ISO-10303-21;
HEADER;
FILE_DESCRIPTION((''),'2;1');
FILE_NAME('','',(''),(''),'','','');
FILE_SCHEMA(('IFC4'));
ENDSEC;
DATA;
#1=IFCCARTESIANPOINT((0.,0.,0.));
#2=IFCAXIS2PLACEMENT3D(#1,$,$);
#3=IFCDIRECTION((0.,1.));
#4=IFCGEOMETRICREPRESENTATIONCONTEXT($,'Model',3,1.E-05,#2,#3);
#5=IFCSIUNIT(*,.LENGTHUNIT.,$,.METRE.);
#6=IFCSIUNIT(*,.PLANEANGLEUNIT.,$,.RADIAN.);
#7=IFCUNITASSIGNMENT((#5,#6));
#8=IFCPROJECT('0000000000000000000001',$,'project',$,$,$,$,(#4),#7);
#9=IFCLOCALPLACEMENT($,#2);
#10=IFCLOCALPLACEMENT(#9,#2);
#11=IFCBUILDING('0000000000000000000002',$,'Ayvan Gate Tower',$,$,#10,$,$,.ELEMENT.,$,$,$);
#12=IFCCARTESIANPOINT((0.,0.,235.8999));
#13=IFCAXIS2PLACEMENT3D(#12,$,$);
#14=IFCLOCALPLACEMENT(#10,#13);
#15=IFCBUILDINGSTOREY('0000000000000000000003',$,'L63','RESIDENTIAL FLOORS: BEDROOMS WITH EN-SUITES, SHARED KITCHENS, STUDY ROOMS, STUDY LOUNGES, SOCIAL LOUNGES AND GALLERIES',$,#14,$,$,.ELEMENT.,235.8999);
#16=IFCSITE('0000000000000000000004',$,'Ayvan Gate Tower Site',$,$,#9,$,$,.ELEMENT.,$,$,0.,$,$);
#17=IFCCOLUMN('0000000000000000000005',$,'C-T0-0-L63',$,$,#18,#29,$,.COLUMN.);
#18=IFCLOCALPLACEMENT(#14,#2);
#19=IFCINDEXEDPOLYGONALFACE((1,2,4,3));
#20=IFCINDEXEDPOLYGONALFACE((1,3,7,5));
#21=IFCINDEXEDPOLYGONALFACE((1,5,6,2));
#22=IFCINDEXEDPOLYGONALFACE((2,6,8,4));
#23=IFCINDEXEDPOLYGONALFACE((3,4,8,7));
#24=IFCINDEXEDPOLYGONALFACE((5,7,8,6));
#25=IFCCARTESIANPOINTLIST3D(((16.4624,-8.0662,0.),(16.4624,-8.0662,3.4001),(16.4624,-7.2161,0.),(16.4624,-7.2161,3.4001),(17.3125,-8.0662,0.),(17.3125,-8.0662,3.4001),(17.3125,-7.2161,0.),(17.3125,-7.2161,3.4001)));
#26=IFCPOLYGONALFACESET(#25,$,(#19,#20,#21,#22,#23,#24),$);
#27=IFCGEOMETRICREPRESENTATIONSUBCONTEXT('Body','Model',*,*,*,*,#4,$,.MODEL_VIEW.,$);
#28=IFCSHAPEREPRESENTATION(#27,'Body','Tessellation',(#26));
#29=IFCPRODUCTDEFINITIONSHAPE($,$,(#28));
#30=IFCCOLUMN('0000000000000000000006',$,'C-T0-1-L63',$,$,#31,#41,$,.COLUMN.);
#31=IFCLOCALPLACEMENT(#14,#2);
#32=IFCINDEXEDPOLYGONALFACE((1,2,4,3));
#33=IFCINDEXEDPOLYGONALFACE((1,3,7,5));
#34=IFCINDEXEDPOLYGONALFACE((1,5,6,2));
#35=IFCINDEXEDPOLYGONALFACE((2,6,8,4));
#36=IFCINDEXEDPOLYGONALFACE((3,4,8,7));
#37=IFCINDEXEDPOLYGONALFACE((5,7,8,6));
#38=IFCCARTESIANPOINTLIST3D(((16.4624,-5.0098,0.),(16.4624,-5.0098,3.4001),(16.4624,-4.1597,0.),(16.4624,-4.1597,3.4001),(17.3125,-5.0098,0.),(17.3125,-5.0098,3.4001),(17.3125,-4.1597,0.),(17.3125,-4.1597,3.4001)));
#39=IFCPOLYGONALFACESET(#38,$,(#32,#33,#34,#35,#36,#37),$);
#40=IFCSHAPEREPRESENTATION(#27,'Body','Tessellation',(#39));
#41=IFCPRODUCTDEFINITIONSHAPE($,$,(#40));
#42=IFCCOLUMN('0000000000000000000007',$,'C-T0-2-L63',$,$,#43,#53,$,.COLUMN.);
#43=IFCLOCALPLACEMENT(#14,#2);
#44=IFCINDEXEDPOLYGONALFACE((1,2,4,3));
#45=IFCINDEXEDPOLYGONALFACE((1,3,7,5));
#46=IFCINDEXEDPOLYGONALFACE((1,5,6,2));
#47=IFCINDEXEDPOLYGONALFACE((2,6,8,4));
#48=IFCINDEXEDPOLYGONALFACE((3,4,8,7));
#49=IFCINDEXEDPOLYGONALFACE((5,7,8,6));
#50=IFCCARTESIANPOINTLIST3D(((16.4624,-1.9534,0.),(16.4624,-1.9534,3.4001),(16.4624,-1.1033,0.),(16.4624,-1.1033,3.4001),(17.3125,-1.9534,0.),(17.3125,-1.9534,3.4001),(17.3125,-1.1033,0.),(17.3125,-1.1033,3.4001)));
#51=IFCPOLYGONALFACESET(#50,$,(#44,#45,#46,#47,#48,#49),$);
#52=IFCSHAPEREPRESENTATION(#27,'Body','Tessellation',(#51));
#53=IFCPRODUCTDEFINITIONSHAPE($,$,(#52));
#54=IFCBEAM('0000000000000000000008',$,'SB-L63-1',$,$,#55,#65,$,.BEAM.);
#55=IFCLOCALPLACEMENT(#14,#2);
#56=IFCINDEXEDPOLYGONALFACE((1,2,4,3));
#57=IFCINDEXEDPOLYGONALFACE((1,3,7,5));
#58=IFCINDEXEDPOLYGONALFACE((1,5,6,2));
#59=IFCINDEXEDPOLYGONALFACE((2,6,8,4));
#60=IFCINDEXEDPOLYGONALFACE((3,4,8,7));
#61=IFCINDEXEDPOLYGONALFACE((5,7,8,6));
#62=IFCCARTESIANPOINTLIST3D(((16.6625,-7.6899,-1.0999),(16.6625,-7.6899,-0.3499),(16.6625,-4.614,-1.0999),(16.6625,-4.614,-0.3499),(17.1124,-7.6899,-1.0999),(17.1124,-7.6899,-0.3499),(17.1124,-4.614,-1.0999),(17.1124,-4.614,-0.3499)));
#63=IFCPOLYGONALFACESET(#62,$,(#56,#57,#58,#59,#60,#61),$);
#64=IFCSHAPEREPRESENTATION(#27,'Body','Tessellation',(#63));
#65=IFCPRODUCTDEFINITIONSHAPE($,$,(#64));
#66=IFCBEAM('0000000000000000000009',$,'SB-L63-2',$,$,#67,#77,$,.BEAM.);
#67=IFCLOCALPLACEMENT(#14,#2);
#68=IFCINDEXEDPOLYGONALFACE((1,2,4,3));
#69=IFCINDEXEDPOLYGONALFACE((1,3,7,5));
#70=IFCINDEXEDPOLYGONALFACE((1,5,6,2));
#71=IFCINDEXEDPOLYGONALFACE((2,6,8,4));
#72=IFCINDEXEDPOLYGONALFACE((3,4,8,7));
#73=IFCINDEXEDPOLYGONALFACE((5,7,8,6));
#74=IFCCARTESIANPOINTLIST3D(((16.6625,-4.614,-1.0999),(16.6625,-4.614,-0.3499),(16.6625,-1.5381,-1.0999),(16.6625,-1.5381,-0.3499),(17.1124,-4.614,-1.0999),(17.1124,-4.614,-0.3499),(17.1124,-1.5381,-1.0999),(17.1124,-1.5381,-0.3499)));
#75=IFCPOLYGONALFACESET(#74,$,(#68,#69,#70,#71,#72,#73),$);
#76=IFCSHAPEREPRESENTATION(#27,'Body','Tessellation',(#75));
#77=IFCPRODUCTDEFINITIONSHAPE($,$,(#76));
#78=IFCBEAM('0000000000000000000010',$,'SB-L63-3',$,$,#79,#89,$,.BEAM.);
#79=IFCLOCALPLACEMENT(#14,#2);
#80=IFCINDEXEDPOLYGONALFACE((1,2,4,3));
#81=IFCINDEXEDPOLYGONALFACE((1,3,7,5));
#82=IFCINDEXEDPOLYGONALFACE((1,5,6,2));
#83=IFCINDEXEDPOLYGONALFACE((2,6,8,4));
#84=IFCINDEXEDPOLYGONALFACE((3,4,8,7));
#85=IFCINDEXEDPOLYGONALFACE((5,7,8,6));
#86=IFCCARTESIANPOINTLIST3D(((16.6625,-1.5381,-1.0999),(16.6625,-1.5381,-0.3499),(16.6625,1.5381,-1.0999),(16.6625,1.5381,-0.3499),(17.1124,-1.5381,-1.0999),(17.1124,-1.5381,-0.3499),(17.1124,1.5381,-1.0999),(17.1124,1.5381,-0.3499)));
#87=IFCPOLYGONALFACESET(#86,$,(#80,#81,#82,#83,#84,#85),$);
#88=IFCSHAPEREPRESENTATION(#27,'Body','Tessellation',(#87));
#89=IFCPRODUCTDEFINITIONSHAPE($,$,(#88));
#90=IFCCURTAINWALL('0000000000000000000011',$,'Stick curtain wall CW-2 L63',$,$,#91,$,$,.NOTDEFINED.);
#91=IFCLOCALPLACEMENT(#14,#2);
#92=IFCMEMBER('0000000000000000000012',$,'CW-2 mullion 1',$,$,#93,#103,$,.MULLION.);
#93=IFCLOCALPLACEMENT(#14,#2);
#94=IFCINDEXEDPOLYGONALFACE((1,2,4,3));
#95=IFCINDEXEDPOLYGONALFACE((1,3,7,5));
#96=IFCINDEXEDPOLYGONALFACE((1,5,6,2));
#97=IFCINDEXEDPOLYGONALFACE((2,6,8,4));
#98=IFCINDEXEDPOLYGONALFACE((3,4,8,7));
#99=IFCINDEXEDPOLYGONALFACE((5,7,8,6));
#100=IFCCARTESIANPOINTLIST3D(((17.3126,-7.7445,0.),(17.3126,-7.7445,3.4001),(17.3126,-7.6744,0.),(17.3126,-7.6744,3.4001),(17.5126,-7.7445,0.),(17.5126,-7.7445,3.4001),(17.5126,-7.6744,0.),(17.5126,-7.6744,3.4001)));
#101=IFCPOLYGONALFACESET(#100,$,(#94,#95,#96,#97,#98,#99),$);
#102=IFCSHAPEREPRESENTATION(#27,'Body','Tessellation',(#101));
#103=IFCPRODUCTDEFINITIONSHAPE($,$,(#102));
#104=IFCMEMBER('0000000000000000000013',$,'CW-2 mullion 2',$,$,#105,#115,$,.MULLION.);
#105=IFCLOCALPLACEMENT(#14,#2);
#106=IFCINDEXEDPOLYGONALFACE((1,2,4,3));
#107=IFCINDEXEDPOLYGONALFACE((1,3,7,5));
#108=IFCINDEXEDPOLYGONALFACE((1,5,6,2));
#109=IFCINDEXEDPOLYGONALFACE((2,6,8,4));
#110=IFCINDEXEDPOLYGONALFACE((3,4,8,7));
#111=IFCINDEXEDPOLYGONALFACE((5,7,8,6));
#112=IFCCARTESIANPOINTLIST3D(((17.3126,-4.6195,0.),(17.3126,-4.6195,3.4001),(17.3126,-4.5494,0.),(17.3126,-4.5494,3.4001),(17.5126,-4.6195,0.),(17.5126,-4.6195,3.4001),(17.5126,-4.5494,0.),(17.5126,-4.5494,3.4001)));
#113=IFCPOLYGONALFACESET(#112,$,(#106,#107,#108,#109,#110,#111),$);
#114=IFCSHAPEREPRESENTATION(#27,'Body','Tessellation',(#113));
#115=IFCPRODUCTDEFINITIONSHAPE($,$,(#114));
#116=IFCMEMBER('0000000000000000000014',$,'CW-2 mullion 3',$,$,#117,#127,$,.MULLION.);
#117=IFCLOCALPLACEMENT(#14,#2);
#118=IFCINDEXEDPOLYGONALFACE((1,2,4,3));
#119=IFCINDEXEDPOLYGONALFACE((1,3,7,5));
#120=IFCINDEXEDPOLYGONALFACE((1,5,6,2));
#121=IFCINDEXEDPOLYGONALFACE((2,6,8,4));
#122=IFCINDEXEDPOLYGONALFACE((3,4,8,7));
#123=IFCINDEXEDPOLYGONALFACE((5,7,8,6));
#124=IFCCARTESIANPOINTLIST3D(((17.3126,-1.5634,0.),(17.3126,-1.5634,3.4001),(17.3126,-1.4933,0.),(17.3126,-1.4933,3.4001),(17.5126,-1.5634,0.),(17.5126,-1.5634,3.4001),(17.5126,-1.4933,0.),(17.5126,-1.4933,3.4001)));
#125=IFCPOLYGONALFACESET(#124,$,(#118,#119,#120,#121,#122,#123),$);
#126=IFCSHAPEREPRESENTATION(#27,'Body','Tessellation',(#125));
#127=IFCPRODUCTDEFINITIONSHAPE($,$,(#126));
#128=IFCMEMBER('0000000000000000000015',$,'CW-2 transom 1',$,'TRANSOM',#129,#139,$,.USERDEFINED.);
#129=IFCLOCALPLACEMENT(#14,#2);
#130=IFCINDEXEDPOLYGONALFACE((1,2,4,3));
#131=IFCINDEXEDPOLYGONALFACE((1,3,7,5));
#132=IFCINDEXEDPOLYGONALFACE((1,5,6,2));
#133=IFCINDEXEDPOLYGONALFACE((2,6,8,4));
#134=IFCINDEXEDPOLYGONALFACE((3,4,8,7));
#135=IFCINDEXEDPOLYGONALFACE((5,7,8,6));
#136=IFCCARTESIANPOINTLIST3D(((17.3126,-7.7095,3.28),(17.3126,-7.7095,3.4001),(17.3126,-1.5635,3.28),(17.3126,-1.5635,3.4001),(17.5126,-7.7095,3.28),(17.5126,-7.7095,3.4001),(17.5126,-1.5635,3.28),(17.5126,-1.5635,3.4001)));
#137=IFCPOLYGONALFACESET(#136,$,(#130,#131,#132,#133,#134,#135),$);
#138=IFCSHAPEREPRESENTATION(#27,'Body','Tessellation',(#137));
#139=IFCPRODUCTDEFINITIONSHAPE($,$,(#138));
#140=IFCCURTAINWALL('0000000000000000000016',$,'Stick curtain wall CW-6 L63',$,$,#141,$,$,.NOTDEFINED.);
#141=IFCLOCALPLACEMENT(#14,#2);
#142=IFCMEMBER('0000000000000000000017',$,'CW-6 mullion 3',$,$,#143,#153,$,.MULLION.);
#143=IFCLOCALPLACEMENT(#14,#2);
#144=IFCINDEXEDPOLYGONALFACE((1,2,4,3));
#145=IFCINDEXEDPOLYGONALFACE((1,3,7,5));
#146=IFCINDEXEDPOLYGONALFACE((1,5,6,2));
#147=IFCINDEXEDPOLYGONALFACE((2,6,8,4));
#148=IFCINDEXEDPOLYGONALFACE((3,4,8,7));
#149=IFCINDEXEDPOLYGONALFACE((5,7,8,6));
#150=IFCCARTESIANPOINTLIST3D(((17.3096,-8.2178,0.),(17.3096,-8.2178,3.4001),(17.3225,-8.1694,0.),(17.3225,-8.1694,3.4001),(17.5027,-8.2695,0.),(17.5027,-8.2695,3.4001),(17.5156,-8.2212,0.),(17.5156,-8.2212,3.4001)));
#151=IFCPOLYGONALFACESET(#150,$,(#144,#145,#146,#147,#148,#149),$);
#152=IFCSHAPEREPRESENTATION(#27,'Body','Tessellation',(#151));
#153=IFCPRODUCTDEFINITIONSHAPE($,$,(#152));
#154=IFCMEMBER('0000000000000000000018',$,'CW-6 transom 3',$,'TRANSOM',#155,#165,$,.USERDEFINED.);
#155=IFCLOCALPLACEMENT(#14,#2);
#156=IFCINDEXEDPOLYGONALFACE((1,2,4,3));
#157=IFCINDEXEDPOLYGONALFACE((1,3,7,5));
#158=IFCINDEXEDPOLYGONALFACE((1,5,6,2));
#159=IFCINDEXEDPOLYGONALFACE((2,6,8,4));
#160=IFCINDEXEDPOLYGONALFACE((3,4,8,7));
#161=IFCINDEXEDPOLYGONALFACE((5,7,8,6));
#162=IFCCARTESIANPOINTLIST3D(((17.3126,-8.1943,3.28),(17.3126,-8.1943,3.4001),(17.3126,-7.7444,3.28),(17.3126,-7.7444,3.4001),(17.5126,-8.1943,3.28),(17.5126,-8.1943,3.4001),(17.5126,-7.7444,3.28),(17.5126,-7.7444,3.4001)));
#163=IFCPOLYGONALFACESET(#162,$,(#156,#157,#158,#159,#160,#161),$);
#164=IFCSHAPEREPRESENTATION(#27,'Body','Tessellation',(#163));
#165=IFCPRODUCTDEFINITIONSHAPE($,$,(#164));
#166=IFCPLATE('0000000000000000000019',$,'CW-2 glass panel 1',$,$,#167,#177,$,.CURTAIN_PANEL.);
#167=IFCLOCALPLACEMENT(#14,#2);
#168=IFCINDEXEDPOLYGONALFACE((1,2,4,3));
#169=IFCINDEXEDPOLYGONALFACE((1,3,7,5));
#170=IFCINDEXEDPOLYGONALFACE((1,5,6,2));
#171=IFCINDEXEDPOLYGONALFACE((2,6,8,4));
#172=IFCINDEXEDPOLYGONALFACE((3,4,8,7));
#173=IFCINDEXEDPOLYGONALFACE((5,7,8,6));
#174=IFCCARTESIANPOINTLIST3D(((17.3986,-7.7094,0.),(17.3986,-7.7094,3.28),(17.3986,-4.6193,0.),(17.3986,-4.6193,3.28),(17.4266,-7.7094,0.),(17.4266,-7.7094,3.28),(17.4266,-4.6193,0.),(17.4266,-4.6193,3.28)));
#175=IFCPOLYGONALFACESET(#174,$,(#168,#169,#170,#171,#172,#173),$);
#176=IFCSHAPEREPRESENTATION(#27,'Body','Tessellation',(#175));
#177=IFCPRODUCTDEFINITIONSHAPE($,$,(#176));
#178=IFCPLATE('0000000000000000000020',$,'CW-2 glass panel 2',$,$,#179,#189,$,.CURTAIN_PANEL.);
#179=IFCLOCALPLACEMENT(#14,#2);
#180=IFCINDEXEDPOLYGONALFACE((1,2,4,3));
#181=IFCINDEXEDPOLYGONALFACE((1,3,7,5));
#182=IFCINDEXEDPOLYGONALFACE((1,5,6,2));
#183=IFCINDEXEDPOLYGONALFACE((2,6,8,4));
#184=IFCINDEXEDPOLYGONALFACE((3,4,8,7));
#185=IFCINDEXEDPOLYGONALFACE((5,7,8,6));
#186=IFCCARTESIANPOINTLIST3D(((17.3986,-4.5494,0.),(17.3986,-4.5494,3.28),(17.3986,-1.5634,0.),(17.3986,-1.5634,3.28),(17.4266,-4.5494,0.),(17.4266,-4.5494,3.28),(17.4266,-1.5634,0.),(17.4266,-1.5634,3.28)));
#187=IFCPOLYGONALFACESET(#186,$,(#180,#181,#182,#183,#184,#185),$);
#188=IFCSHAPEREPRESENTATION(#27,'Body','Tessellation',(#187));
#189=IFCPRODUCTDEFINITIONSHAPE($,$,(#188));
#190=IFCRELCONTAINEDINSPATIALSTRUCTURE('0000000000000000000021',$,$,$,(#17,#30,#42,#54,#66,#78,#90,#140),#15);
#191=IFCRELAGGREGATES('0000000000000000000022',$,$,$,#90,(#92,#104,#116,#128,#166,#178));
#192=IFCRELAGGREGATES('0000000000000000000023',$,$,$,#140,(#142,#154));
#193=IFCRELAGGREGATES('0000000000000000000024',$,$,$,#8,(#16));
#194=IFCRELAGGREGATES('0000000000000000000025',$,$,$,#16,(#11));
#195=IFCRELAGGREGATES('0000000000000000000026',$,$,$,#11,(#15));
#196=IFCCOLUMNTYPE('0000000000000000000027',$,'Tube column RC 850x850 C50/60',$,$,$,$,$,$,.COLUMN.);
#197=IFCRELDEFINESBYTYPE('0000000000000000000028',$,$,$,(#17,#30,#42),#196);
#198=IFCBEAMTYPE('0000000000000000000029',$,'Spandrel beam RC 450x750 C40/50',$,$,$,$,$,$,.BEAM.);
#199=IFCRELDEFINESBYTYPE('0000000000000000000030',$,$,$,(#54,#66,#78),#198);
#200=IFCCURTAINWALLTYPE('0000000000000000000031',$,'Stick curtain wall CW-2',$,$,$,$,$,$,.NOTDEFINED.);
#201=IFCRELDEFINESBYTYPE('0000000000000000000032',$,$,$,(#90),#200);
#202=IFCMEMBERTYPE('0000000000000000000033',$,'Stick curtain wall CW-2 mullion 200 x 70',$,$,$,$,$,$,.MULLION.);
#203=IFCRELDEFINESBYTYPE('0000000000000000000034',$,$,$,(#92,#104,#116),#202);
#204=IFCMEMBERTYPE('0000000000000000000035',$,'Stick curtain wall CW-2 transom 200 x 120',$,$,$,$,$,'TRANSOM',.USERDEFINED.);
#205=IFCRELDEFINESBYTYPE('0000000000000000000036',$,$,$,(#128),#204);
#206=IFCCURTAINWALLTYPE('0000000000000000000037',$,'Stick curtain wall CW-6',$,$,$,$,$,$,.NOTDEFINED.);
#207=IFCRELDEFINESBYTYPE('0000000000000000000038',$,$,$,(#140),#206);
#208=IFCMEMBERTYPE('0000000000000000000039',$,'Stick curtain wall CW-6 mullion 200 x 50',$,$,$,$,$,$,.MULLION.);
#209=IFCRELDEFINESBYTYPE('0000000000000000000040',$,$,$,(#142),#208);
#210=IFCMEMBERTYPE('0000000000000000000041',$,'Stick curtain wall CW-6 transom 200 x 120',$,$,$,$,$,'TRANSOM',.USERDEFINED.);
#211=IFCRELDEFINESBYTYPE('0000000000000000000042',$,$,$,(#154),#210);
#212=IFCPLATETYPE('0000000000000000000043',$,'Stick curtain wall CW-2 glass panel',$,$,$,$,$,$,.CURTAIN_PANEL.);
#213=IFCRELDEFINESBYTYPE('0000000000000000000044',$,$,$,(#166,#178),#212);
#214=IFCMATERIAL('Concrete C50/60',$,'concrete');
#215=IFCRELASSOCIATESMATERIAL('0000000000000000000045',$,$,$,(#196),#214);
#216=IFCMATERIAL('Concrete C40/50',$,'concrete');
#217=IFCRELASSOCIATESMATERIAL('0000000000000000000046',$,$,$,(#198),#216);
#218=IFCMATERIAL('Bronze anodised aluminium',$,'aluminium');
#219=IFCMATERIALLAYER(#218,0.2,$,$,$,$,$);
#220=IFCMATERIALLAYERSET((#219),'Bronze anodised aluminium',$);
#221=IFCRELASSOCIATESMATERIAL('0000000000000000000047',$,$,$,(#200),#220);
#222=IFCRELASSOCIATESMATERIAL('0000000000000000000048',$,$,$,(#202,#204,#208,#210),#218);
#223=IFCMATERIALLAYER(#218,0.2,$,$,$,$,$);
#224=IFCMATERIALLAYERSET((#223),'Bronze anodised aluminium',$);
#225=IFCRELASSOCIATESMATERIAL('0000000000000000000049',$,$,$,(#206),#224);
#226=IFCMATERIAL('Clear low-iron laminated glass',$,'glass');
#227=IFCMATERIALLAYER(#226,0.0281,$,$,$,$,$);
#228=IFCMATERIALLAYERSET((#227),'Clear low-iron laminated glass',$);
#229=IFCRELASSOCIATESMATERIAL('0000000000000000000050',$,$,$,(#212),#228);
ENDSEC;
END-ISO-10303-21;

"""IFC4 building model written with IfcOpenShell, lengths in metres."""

from ifc_helpers import new_model, si_unit, direction, frame, origin, origin_2d, place, context, subcontext, project, spatial, rectangle, extrude, material, layer, layer_set, material_profile, profile_set, type_object, element, aggregate, save


model = new_model("IFC4")

# Units and contexts
model_context = context("Model", 3, precision=1e-05, world=origin(), true_north=direction((0.0, 1.0)))
body_context = subcontext(model_context, "Body", "Model", "MODEL_VIEW")
ifc_project = project(units=[si_unit("LENGTHUNIT", "METRE"), si_unit("PLANEANGLEUNIT", "RADIAN")], contexts=[model_context])

# Site, building, storey
site_placement = place(None, origin())
site = spatial("IfcSite", under=ifc_project, at=site_placement, Name="Ayvan Gate Tower Site", CompositionType="ELEMENT", RefElevation=0.0)
building_placement = place(site_placement, origin())
building = spatial("IfcBuilding", under=site, at=building_placement, Name="Ayvan Gate Tower", CompositionType="ELEMENT")
storey_placement = place(building_placement, frame((0.0, 0.0, 235.8999)))
storey = spatial("IfcBuildingStorey", under=building, at=storey_placement, Name="L63", Description="RESIDENTIAL FLOORS: BEDROOMS WITH EN-SUITES, SHARED KITCHENS, STUDY ROOMS, STUDY LOUNGES, SOCIAL LOUNGES AND GALLERIES", CompositionType="ELEMENT", Elevation=235.8999)

# Columns
ifc_material_1 = material(Name="Concrete C50/60", Category="concrete")
ifc_material_profile_1 = material_profile(ifc_material_1, rectangle(XDim=0.8501, YDim=0.8501, at=origin_2d()), Name="RC 850x850")
ifc_profile_set_1 = profile_set([ifc_material_profile_1], Name="Concrete C50/60")
column_type = type_object("IfcColumnType", Name="Tube column RC 850x850 C50/60", PredefinedType="COLUMN", material=ifc_profile_set_1)
for number, where, z_axis, x_axis, name in (
    (1, (16.8875, -7.6411, 0.0), (0.0, 0.0, 1.0), (1.0, 0.0, 0.0), "C-T0-0-L63"),
    (2, (16.8875, -4.5847, 0.0), (0.0, 0.0, 1.0), (1.0, 0.0, 0.0), "C-T0-1-L63"),
    (3, (16.8875, -1.5283, 0.0), (0.0, 0.0, 1.0), (1.0, 0.0, 0.0), "C-T0-2-L63"),
):
    element("IfcColumn", number, at=place(storey_placement, frame(where, z_axis=z_axis, x_axis=x_axis)), inside=storey, type_object=column_type, Name=name, PredefinedType="COLUMN", context=body_context, shape_type="SweptSolid", body=[
        extrude(rectangle(XDim=0.8501, YDim=0.8501, at=origin_2d()), origin(), (0.0, 0.0, 1.0), 3.4001),
    ])

# Beams
ifc_material_2 = material(Name="Concrete C40/50", Category="concrete")
ifc_material_profile_2 = material_profile(ifc_material_2, rectangle(XDim=0.45, YDim=0.75, at=origin_2d()), Name="RC 450x750")
ifc_profile_set_2 = profile_set([ifc_material_profile_2], Name="Concrete C40/50")
beam_type = type_object("IfcBeamType", Name="Spandrel beam RC 450x750 C40/50", PredefinedType="BEAM", material=ifc_profile_set_2)
for number, where, z_axis, x_axis, name in (
    (4, (16.8875, -7.6899, -0.7249), (0.0, 1.0, 0.0), (-1.0, 0.0, 0.0), "SB-L63-1"),
    (5, (16.8875, -4.614, -0.7249), (0.0, 1.0, 0.0), (-1.0, 0.0, 0.0), "SB-L63-2"),
):
    element("IfcBeam", number, at=place(storey_placement, frame(where, z_axis=z_axis, x_axis=x_axis)), inside=storey, type_object=beam_type, Name=name, PredefinedType="BEAM", context=body_context, shape_type="SweptSolid", body=[
        extrude(rectangle(XDim=0.45, YDim=0.75, at=origin_2d()), origin(), (0.0, 0.0, 1.0), 3.0759),
    ])
beam_placement = place(storey_placement, frame((16.8875, -1.5381, -0.7249), z_axis=(0.0, 1.0, 0.0), x_axis=(-1.0, 0.0, 0.0)))
element("IfcBeam", 6, at=beam_placement, inside=storey, type_object=beam_type, Name="SB-L63-3", PredefinedType="BEAM", context=body_context, shape_type="SweptSolid", body=[
    extrude(rectangle(XDim=0.45, YDim=0.75, at=origin_2d()), origin(), (0.0, 0.0, 1.0), 3.0762),
])

# Curtain walls, members
ifc_material_3 = material(Name="Bronze anodised aluminium", Category="aluminium")
ifc_layer_1 = layer(ifc_material_3, 0.2)
ifc_layer_set_1 = layer_set([ifc_layer_1], Name="Bronze anodised aluminium")
curtain_wall_type_1 = type_object("IfcCurtainWallType", Name="Stick curtain wall CW-2", PredefinedType="NOTDEFINED", material=ifc_layer_set_1)
curtain_wall_1_placement = place(storey_placement, origin())
curtain_wall_1 = element("IfcCurtainWall", 7, at=curtain_wall_1_placement, inside=storey, type_object=curtain_wall_type_1, Name="Stick curtain wall CW-2 L63", PredefinedType="NOTDEFINED")
ifc_material_profile_3 = material_profile(ifc_material_3, rectangle(XDim=0.2, YDim=0.0701, at=origin_2d()), Name="Stick curtain wall CW-2 mullion 200 x 70")
ifc_profile_set_3 = profile_set([ifc_material_profile_3], Name="Bronze anodised aluminium")
member_type_1 = type_object("IfcMemberType", Name="Stick curtain wall CW-2 mullion 200 x 70", PredefinedType="MULLION", material=ifc_profile_set_3)
member_1_placement = place(storey_placement, frame((17.4126, -7.7095, 0.0), z_axis=(0.0, 0.0, 1.0), x_axis=(1.0, 0.0, 0.0)))
member_1 = element("IfcMember", 8, at=member_1_placement, type_object=member_type_1, Name="CW-2 mullion 1", PredefinedType="MULLION", context=body_context, shape_type="SweptSolid", body=[
    extrude(rectangle(XDim=0.2, YDim=0.0701, at=origin_2d()), origin(), (0.0, 0.0, 1.0), 3.4001),
])
member_2_placement = place(storey_placement, frame((17.4126, -4.5845, 0.0), z_axis=(0.0, 0.0, 1.0), x_axis=(1.0, 0.0, 0.0)))
member_2 = element("IfcMember", 9, at=member_2_placement, type_object=member_type_1, Name="CW-2 mullion 2", PredefinedType="MULLION", context=body_context, shape_type="SweptSolid", body=[
    extrude(rectangle(XDim=0.2, YDim=0.0701, at=origin_2d()), origin(), (0.0, 0.0, 1.0), 3.4001),
])
member_3_placement = place(storey_placement, frame((17.4126, -1.5283, 0.0), z_axis=(0.0, 0.0, 1.0), x_axis=(1.0, 0.0, 0.0)))
member_3 = element("IfcMember", 10, at=member_3_placement, type_object=member_type_1, Name="CW-2 mullion 3", PredefinedType="MULLION", context=body_context, shape_type="SweptSolid", body=[
    extrude(rectangle(XDim=0.2, YDim=0.0701, at=origin_2d()), origin(), (0.0, 0.0, 1.0), 3.4001),
])
ifc_material_profile_4 = material_profile(ifc_material_3, rectangle(XDim=0.2, YDim=0.1201, at=origin_2d()), Name="Stick curtain wall CW-2 transom 200 x 120")
ifc_profile_set_4 = profile_set([ifc_material_profile_4], Name="Bronze anodised aluminium")
member_type_2 = type_object("IfcMemberType", Name="Stick curtain wall CW-2 transom 200 x 120", ElementType="TRANSOM", PredefinedType="USERDEFINED", material=ifc_profile_set_4)
member_4_placement = place(storey_placement, frame((17.4126, -7.7095, 3.3401), z_axis=(0.0, 1.0, 0.0), x_axis=(-1.0, 0.0, 0.0)))
member_4 = element("IfcMember", 11, at=member_4_placement, type_object=member_type_2, Name="CW-2 transom 1", ObjectType="TRANSOM", PredefinedType="USERDEFINED", context=body_context, shape_type="SweptSolid", body=[
    extrude(rectangle(XDim=0.2, YDim=0.1201, at=origin_2d()), origin(), (0.0, 0.0, 1.0), 6.146),
])
ifc_layer_2 = layer(ifc_material_3, 0.2)
ifc_layer_set_2 = layer_set([ifc_layer_2], Name="Bronze anodised aluminium")
curtain_wall_type_2 = type_object("IfcCurtainWallType", Name="Stick curtain wall CW-6", PredefinedType="NOTDEFINED", material=ifc_layer_set_2)
curtain_wall_2_placement = place(storey_placement, origin())
curtain_wall_2 = element("IfcCurtainWall", 12, at=curtain_wall_2_placement, inside=storey, type_object=curtain_wall_type_2, Name="Stick curtain wall CW-6 L63", PredefinedType="NOTDEFINED")
ifc_material_profile_5 = material_profile(ifc_material_3, rectangle(XDim=0.2, YDim=0.05, at=origin_2d()), Name="Stick curtain wall CW-6 mullion 200 x 50")
ifc_profile_set_5 = profile_set([ifc_material_profile_5], Name="Bronze anodised aluminium")
member_type_3 = type_object("IfcMemberType", Name="Stick curtain wall CW-6 mullion 200 x 50", PredefinedType="MULLION", material=ifc_profile_set_5)
member_5_placement = place(storey_placement, frame((17.4126, -8.2195, 0.0), z_axis=(0.0, 0.0, 1.0), x_axis=(0.965926, -0.258819, 0.0)))
member_5 = element("IfcMember", 13, at=member_5_placement, type_object=member_type_3, Name="CW-6 mullion 3", PredefinedType="MULLION", context=body_context, shape_type="SweptSolid", body=[
    extrude(rectangle(XDim=0.2, YDim=0.05, at=origin_2d()), origin(), (0.0, 0.0, 1.0), 3.4001),
])
ifc_material_profile_6 = material_profile(ifc_material_3, rectangle(XDim=0.2, YDim=0.1201, at=origin_2d()), Name="Stick curtain wall CW-6 transom 200 x 120")
ifc_profile_set_6 = profile_set([ifc_material_profile_6], Name="Bronze anodised aluminium")
member_type_4 = type_object("IfcMemberType", Name="Stick curtain wall CW-6 transom 200 x 120", ElementType="TRANSOM", PredefinedType="USERDEFINED", material=ifc_profile_set_6)
member_6_placement = place(storey_placement, frame((17.4126, -8.1943, 3.3401), z_axis=(0.0, 1.0, 0.0), x_axis=(-1.0, 0.0, 0.0)))
member_6 = element("IfcMember", 14, at=member_6_placement, type_object=member_type_4, Name="CW-6 transom 3", ObjectType="TRANSOM", PredefinedType="USERDEFINED", context=body_context, shape_type="SweptSolid", body=[
    extrude(rectangle(XDim=0.2, YDim=0.1201, at=origin_2d()), origin(), (0.0, 0.0, 1.0), 0.45),
])

# Plates
ifc_material_4 = material(Name="Clear low-iron laminated glass", Category="glass")
ifc_layer_3 = layer(ifc_material_4, 0.0281)
ifc_layer_set_3 = layer_set([ifc_layer_3], Name="Clear low-iron laminated glass")
plate_type_1 = type_object("IfcPlateType", Name="Stick curtain wall CW-2 glass panel", PredefinedType="CURTAIN_PANEL", material=ifc_layer_set_3)
plate_1_placement = place(storey_placement, frame((17.4126, -6.1643, 0.0), z_axis=(0.0, 0.0, 1.0), x_axis=(0.0, 1.0, 0.0)))
plate_1 = element("IfcPlate", 15, at=plate_1_placement, type_object=plate_type_1, Name="CW-2 glass panel 1", PredefinedType="CURTAIN_PANEL", context=body_context, shape_type="SweptSolid", body=[
    extrude(rectangle(XDim=3.0901, YDim=0.0281, at=origin_2d()), origin(), (0.0, 0.0, 1.0), 3.28),
])
plate_2_placement = place(storey_placement, frame((17.4126, -3.0564, 0.0), z_axis=(0.0, 0.0, 1.0), x_axis=(0.0, 1.0, 0.0)))
plate_2 = element("IfcPlate", 16, at=plate_2_placement, type_object=plate_type_1, Name="CW-2 glass panel 2", PredefinedType="CURTAIN_PANEL", context=body_context, shape_type="SweptSolid", body=[
    extrude(rectangle(XDim=2.9861, YDim=0.0281, at=origin_2d()), origin(), (0.0, 0.0, 1.0), 3.28),
])
aggregate(curtain_wall_1, [member_1, member_2, member_3, member_4, plate_1, plate_2])
aggregate(curtain_wall_2, [member_5, member_6])

save(model, "model.ifc")
